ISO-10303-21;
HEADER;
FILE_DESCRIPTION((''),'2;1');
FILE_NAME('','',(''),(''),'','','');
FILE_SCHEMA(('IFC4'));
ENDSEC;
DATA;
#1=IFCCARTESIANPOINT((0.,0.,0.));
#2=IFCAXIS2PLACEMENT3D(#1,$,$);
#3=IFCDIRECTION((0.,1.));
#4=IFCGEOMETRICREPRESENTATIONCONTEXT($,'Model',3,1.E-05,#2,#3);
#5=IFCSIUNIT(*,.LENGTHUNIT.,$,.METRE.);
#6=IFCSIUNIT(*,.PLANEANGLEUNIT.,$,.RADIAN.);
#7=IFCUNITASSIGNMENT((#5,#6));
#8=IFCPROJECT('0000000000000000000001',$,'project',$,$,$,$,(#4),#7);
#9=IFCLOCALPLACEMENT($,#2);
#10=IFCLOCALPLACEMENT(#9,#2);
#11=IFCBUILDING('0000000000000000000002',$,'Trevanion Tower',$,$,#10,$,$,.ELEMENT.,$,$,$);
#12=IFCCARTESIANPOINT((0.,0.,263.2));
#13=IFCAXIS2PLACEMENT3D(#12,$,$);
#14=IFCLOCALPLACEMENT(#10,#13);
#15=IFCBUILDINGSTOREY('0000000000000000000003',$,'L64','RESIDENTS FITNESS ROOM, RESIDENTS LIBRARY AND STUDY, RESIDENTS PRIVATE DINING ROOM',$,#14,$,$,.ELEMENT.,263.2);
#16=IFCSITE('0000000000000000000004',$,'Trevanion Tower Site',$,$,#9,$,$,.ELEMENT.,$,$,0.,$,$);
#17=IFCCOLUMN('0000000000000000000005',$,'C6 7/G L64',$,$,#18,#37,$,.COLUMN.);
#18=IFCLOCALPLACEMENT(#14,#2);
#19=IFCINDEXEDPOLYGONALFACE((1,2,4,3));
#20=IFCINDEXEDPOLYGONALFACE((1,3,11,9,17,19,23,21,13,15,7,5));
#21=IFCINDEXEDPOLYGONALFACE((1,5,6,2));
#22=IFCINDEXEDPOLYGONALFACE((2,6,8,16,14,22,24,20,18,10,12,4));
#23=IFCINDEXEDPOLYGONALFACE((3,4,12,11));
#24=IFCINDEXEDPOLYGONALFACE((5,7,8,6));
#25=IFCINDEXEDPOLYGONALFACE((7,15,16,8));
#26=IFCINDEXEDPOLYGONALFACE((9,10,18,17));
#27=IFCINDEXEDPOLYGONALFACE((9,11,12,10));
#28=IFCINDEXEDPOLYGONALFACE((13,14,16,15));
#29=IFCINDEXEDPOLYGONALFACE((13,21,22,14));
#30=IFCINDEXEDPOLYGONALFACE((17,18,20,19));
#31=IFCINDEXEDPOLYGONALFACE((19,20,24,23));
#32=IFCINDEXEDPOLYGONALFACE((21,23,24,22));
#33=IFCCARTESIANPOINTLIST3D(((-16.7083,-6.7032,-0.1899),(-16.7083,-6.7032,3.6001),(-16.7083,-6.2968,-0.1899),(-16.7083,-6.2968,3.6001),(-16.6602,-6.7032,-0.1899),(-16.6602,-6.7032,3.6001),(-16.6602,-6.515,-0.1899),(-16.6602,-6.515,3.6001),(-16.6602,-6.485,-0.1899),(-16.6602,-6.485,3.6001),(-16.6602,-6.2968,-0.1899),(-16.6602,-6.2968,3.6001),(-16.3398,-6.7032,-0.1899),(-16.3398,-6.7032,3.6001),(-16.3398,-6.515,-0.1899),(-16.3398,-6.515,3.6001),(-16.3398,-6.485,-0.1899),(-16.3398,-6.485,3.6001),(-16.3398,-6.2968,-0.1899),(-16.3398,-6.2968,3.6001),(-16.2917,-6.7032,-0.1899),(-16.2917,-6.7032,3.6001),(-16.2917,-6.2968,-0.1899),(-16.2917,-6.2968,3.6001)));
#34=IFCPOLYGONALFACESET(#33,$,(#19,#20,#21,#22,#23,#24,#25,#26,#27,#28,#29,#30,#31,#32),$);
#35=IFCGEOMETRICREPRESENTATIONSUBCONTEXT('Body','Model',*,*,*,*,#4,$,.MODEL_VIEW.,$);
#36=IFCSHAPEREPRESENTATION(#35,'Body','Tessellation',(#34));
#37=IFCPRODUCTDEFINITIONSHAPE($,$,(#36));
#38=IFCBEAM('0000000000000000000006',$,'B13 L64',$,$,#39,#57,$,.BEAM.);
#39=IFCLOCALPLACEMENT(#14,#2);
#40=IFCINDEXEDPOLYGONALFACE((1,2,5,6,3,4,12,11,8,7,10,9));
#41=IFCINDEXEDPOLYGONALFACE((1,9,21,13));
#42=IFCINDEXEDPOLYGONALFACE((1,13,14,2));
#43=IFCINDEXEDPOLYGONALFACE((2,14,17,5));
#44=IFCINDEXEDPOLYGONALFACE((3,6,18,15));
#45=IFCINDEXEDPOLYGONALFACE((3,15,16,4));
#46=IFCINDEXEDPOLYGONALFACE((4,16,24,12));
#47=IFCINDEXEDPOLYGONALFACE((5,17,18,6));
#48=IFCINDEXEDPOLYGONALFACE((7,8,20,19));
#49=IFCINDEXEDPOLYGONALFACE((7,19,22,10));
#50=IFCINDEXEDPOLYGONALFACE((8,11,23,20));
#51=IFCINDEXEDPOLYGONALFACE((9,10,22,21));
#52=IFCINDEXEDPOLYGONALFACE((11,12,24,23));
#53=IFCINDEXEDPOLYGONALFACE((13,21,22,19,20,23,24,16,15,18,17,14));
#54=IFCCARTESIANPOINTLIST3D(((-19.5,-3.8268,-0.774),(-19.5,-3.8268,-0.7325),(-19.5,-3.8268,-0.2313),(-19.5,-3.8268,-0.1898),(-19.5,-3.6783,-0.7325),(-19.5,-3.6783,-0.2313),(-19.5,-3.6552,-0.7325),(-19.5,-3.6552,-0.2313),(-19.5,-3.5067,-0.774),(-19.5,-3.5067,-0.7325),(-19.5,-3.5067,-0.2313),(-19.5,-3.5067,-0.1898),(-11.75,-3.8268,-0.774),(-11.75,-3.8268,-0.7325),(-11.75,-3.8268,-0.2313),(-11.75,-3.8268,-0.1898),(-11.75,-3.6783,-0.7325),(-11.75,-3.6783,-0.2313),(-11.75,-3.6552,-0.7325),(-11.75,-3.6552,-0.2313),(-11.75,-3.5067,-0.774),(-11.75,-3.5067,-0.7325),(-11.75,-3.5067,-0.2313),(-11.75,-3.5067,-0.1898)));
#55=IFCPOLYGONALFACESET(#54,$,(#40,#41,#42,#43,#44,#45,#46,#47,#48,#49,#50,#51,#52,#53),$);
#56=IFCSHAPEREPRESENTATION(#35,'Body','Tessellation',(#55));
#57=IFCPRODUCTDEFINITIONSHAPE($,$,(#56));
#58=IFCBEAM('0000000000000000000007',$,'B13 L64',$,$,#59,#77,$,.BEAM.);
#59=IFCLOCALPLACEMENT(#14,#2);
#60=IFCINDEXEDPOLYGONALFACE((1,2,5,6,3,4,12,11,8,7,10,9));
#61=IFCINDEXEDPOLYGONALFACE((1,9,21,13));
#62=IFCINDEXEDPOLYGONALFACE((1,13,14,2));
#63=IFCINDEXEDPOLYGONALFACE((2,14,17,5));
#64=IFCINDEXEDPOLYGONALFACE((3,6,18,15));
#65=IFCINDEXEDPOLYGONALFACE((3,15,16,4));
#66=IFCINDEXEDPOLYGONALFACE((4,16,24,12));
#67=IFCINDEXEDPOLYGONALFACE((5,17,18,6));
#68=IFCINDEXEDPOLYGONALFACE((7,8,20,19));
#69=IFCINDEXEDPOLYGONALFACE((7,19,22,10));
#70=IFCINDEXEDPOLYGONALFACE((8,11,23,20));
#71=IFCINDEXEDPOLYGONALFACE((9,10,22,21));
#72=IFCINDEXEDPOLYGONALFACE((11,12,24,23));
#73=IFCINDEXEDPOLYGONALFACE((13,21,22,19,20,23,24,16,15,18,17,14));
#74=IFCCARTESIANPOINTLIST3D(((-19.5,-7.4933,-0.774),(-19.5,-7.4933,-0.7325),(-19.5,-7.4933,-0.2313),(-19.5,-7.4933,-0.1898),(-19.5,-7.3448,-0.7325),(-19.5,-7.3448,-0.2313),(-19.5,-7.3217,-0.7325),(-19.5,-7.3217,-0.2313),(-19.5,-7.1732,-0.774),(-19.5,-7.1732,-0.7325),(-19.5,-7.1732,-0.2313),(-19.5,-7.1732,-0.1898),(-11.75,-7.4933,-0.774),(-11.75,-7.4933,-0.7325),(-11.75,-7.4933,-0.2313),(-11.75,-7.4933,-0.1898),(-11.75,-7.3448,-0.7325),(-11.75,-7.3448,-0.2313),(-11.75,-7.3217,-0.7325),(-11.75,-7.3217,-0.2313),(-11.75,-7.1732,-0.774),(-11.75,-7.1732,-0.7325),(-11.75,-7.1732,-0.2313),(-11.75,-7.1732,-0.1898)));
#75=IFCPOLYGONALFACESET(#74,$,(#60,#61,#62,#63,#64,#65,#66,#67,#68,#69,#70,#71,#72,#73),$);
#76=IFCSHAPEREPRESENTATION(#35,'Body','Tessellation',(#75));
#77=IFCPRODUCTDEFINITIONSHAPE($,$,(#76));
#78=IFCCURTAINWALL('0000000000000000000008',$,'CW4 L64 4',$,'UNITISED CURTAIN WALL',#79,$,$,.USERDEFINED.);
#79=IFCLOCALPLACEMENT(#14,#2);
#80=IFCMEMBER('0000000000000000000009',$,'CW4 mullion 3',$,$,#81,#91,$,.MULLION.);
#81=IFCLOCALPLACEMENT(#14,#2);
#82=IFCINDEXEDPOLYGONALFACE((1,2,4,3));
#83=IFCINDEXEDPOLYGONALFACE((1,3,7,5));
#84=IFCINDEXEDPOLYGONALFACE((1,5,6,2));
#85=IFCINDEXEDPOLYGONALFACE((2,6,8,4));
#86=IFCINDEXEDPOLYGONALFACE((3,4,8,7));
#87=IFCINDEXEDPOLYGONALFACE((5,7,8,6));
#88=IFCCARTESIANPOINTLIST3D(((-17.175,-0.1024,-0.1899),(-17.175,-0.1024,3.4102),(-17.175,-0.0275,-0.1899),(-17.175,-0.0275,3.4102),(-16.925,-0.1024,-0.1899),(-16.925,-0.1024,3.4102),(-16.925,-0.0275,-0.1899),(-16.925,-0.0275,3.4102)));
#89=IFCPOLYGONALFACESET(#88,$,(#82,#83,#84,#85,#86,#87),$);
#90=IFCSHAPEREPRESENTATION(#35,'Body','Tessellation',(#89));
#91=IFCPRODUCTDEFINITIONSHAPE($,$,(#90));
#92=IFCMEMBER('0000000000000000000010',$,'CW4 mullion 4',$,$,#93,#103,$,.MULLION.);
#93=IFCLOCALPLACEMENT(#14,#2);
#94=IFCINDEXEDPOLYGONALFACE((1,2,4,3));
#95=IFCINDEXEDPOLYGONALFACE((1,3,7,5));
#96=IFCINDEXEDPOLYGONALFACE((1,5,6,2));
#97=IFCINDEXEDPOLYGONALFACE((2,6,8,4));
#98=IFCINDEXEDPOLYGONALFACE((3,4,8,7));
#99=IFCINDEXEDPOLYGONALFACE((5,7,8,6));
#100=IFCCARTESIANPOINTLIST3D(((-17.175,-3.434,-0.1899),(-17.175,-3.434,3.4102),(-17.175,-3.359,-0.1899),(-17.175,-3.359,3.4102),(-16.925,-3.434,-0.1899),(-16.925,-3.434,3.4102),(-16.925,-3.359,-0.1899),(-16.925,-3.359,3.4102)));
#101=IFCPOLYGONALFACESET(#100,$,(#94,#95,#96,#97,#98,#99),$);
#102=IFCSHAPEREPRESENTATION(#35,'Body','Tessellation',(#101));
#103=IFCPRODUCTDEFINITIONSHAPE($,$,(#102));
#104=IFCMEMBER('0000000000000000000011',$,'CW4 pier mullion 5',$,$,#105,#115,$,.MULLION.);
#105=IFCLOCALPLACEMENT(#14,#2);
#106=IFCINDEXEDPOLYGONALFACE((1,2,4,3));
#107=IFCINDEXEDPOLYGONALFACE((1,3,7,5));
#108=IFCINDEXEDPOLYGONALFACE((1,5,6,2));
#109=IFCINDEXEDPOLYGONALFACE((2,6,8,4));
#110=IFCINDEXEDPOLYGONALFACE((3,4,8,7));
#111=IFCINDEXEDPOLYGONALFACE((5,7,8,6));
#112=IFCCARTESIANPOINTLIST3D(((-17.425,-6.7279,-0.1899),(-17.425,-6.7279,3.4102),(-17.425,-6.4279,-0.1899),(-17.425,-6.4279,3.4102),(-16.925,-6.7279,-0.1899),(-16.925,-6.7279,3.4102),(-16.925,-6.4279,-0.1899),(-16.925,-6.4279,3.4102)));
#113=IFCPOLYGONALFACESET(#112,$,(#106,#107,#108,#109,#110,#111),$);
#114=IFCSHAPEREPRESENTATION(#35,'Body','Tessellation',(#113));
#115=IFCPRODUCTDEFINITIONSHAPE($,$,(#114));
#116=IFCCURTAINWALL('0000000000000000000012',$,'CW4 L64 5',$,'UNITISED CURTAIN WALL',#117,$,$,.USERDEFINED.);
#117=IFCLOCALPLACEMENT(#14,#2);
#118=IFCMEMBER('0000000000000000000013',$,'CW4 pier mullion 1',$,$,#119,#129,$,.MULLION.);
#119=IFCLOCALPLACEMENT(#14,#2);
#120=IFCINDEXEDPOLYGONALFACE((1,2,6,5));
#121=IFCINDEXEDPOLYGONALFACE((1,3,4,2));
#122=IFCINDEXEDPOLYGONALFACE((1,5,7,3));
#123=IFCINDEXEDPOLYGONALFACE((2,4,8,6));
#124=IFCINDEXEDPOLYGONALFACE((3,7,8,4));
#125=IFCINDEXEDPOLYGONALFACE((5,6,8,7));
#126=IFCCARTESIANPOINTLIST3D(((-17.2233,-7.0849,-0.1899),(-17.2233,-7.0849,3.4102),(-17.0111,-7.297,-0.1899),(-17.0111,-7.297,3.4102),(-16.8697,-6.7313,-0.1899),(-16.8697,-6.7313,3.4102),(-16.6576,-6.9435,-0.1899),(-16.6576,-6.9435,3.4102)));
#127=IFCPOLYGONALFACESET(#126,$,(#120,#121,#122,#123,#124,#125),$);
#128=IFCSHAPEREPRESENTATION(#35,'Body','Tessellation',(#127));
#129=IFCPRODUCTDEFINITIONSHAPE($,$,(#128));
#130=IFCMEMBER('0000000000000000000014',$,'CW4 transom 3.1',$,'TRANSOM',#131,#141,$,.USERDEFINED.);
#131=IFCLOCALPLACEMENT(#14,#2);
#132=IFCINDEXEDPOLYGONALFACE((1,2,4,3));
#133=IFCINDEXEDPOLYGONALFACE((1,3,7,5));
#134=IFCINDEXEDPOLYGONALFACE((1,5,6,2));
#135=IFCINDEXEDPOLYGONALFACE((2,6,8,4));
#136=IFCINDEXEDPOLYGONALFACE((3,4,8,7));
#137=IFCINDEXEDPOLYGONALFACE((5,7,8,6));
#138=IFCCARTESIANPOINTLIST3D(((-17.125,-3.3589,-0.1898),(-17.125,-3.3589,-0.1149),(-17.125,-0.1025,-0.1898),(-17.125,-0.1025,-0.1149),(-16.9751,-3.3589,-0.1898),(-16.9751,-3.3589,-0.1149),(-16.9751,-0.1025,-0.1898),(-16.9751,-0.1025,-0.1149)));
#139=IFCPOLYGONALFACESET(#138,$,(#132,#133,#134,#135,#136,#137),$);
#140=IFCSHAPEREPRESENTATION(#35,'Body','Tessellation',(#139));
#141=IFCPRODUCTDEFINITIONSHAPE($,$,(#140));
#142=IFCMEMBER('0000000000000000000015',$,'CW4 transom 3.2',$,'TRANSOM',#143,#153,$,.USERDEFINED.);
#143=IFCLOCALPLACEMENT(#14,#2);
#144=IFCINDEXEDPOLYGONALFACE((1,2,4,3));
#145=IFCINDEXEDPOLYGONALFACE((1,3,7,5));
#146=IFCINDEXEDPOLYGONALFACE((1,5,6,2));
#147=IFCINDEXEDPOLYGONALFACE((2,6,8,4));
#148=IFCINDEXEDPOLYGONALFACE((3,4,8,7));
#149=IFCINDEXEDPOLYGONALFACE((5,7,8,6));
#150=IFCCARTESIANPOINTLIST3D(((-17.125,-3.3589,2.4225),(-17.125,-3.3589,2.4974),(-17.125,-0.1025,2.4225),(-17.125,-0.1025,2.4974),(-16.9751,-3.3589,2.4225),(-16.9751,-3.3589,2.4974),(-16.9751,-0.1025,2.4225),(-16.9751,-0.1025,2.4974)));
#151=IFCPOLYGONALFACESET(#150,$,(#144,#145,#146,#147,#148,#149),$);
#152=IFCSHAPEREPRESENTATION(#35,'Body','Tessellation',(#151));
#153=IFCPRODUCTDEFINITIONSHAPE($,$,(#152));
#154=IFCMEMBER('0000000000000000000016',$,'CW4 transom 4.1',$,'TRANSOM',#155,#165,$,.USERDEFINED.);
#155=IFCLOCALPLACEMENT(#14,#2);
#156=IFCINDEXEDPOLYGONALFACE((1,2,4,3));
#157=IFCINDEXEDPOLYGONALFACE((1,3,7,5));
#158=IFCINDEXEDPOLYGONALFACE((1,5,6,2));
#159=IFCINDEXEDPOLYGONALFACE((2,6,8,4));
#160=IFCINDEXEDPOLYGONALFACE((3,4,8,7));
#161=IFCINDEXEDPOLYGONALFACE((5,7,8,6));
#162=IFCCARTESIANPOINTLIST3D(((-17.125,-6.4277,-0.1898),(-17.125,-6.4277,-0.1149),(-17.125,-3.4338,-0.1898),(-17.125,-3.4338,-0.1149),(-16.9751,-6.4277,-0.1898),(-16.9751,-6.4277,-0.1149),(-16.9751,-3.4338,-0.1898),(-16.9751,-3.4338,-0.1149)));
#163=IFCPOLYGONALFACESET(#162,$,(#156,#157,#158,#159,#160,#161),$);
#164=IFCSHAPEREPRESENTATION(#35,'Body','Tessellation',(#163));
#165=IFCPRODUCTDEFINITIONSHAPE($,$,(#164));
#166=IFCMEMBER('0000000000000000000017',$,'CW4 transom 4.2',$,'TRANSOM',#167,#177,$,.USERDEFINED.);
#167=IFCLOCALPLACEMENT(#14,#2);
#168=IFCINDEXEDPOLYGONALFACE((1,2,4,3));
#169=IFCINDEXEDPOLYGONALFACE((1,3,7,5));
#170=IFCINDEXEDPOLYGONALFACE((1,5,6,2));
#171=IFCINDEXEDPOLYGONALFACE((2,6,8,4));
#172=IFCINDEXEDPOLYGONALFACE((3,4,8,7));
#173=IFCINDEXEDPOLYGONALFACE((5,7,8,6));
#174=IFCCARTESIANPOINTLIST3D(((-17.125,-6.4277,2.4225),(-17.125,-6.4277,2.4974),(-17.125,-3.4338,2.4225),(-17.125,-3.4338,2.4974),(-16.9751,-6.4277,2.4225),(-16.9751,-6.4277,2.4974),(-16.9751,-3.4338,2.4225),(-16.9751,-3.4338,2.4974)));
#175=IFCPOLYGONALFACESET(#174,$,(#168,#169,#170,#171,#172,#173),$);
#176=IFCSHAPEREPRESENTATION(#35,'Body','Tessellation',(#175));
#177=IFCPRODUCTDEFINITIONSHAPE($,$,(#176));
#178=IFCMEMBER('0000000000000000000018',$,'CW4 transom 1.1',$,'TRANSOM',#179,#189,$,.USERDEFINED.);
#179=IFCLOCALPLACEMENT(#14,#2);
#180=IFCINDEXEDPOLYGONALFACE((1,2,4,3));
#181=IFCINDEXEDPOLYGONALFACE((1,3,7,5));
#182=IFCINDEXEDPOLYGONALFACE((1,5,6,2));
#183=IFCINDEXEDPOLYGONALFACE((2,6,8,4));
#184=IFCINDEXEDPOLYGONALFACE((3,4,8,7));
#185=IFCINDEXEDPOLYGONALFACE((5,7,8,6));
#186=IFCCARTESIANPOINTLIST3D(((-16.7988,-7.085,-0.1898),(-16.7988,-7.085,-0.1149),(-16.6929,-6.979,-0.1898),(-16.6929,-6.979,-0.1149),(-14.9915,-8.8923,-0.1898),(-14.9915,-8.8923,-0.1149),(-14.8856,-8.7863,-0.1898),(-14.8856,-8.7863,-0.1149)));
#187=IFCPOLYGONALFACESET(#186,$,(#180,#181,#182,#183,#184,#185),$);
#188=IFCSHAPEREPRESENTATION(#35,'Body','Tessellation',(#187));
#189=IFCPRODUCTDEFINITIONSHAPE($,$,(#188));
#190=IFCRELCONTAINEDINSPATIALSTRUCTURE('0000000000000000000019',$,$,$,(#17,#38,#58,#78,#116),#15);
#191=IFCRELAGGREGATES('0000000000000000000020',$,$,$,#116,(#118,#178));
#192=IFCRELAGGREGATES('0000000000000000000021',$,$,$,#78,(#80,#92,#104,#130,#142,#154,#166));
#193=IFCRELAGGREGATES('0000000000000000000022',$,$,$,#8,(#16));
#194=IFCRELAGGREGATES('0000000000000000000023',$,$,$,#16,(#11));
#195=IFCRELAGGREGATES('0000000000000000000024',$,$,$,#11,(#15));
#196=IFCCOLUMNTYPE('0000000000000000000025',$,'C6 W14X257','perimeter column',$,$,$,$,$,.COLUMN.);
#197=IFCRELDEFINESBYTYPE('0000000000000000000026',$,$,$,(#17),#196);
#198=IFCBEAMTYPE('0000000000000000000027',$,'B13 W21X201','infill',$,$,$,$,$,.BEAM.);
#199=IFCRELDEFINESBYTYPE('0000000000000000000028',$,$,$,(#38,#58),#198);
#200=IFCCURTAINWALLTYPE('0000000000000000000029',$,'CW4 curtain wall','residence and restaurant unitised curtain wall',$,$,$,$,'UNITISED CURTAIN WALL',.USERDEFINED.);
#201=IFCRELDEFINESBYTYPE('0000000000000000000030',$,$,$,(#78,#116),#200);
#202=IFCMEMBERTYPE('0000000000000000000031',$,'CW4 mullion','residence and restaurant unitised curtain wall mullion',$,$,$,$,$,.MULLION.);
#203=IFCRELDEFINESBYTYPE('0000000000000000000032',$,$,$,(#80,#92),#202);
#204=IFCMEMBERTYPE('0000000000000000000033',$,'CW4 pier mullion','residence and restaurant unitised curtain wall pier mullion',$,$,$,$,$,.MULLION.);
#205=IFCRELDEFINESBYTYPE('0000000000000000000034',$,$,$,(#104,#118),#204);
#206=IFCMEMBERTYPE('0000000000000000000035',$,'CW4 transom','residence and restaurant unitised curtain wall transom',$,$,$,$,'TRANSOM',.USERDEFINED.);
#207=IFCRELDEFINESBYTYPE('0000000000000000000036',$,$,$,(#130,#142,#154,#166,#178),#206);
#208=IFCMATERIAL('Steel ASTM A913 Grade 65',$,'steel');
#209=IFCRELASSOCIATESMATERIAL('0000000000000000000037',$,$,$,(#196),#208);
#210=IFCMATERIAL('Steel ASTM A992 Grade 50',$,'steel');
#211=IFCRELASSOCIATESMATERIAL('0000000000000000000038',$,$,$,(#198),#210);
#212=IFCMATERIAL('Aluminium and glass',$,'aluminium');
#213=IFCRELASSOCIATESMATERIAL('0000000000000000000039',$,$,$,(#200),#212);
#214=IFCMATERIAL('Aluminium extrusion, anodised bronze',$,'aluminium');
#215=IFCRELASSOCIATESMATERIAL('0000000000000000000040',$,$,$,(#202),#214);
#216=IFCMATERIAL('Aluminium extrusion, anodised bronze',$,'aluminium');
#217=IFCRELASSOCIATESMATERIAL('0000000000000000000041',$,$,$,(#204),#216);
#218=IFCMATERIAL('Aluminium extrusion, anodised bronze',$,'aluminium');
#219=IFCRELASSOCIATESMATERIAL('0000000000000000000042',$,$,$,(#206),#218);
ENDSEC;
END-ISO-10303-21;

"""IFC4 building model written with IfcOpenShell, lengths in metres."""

from ifc_helpers import new_model, si_unit, direction, frame, origin, origin_2d, place, context, subcontext, project, spatial, rectangle, i_section, extrude, material, material_profile, profile_set, type_object, element, aggregate, save


model = new_model("IFC4")

# Units and contexts
model_context = context("Model", 3, precision=1e-05, world=origin(), true_north=direction((0.0, 1.0)))
body_context = subcontext(model_context, "Body", "Model", "MODEL_VIEW")
ifc_project = project(units=[si_unit("LENGTHUNIT", "METRE"), si_unit("PLANEANGLEUNIT", "RADIAN")], contexts=[model_context])

# Site, building, storey
site_placement = place(None, origin())
site = spatial("IfcSite", under=ifc_project, at=site_placement, Name="Trevanion Tower Site", CompositionType="ELEMENT", RefElevation=0.0)
building_placement = place(site_placement, origin())
building = spatial("IfcBuilding", under=site, at=building_placement, Name="Trevanion Tower", CompositionType="ELEMENT")
storey_placement = place(building_placement, frame((0.0, 0.0, 263.2)))
storey = spatial("IfcBuildingStorey", under=building, at=storey_placement, Name="L64", Description="RESIDENTS FITNESS ROOM, RESIDENTS LIBRARY AND STUDY, RESIDENTS PRIVATE DINING ROOM", CompositionType="ELEMENT", Elevation=263.2)

# Column
ifc_material_1 = material(Name="Steel ASTM A913 Grade 65", Category="steel")
ifc_material_profile_1 = material_profile(ifc_material_1, i_section(OverallWidth=0.4065, OverallDepth=0.4165, WebThickness=0.03, FlangeThickness=0.0481, at=origin_2d()), Name="W14X257")
ifc_profile_set_1 = profile_set([ifc_material_profile_1], Name="Steel ASTM A913 Grade 65")
column_type = type_object("IfcColumnType", Name="C6 W14X257", Description="perimeter column", PredefinedType="COLUMN", material=ifc_profile_set_1)
column_placement = place(storey_placement, frame((-16.5, -6.5, -0.1899), z_axis=(0.0, 0.0, 1.0), x_axis=(0.0, 1.0, 0.0)))
element("IfcColumn", 1, at=column_placement, inside=storey, type_object=column_type, Name="C6 7/G L64", PredefinedType="COLUMN", context=body_context, shape_type="SweptSolid", body=[
    extrude(i_section(OverallWidth=0.4065, OverallDepth=0.4165, WebThickness=0.03, FlangeThickness=0.0481, at=origin_2d()), origin(), (0.0, 0.0, 1.0), 3.79),
])

# Beams
ifc_material_2 = material(Name="Steel ASTM A992 Grade 50", Category="steel")
ifc_material_profile_2 = material_profile(ifc_material_2, i_section(OverallWidth=0.3201, OverallDepth=0.5842, WebThickness=0.0232, FlangeThickness=0.0415, at=origin_2d()), Name="W21X201")
ifc_profile_set_2 = profile_set([ifc_material_profile_2], Name="Steel ASTM A992 Grade 50")
beam_type_1 = type_object("IfcBeamType", Name="B13 W21X201", Description="infill", PredefinedType="BEAM", material=ifc_profile_set_2)
for number, where, z_axis, x_axis, name in (
    (2, (-11.75, -3.6667, -0.4819), (-1.0, 0.0, 0.0), (0.0, -1.0, 0.0), "B13 L64"),
    (3, (-11.75, -7.3333, -0.4819), (-1.0, 0.0, 0.0), (0.0, -1.0, 0.0), "B13 L64"),
):
    element("IfcBeam", number, at=place(storey_placement, frame(where, z_axis=z_axis, x_axis=x_axis)), inside=storey, type_object=beam_type_1, Name=name, PredefinedType="BEAM", context=body_context, shape_type="SweptSolid", body=[
        extrude(i_section(OverallWidth=0.3201, OverallDepth=0.5842, WebThickness=0.0232, FlangeThickness=0.0415, at=origin_2d()), origin(), (0.0, 0.0, 1.0), 7.75),
    ])

# Curtain wall, members
ifc_material_3 = material(Name="Aluminium and glass", Category="aluminium")
curtain_wall_type = type_object("IfcCurtainWallType", Name="CW4 curtain wall", Description="residence and restaurant unitised curtain wall", ElementType="UNITISED CURTAIN WALL", PredefinedType="USERDEFINED", material=ifc_material_3)
curtain_wall_1_placement = place(storey_placement, origin())
curtain_wall_1 = element("IfcCurtainWall", 4, at=curtain_wall_1_placement, inside=storey, type_object=curtain_wall_type, Name="CW4 L64 4", ObjectType="UNITISED CURTAIN WALL", PredefinedType="USERDEFINED")
ifc_material_4 = material(Name="Aluminium extrusion, anodised bronze", Category="aluminium")
ifc_material_profile_3 = material_profile(ifc_material_4, rectangle(XDim=0.075, YDim=0.25, at=origin_2d()), Name="CW4 mullion")
ifc_profile_set_3 = profile_set([ifc_material_profile_3], Name="Aluminium extrusion, anodised bronze")
member_type_1 = type_object("IfcMemberType", Name="CW4 mullion", Description="residence and restaurant unitised curtain wall mullion", PredefinedType="MULLION", material=ifc_profile_set_3)
member_1_placement = place(storey_placement, frame((-17.05, -0.0649, -0.1899), z_axis=(0.0, 0.0, 1.0), x_axis=(0.0, -1.0, 0.0)))
member_1 = element("IfcMember", 5, at=member_1_placement, type_object=member_type_1, Name="CW4 mullion 3", PredefinedType="MULLION", context=body_context, shape_type="SweptSolid", body=[
    extrude(rectangle(XDim=0.075, YDim=0.25, at=origin_2d()), origin(), (0.0, 0.0, 1.0), 3.6001),
])
member_2_placement = place(storey_placement, frame((-17.05, -3.3965, -0.1899), z_axis=(0.0, 0.0, 1.0), x_axis=(0.0, -1.0, 0.0)))
member_2 = element("IfcMember", 6, at=member_2_placement, type_object=member_type_1, Name="CW4 mullion 4", PredefinedType="MULLION", context=body_context, shape_type="SweptSolid", body=[
    extrude(rectangle(XDim=0.075, YDim=0.25, at=origin_2d()), origin(), (0.0, 0.0, 1.0), 3.6001),
])
ifc_material_5 = material(Name="Aluminium extrusion, anodised bronze", Category="aluminium")
ifc_material_profile_4 = material_profile(ifc_material_5, rectangle(XDim=0.3, YDim=0.5, at=origin_2d()), Name="CW4 pier mullion")
ifc_profile_set_4 = profile_set([ifc_material_profile_4], Name="Aluminium extrusion, anodised bronze")
member_type_2 = type_object("IfcMemberType", Name="CW4 pier mullion", Description="residence and restaurant unitised curtain wall pier mullion", PredefinedType="MULLION", material=ifc_profile_set_4)
member_3_placement = place(storey_placement, frame((-17.175, -6.5779, -0.1899), z_axis=(0.0, 0.0, 1.0), x_axis=(0.0, -1.0, 0.0)))
member_3 = element("IfcMember", 7, at=member_3_placement, type_object=member_type_2, Name="CW4 pier mullion 5", PredefinedType="MULLION", context=body_context, shape_type="SweptSolid", body=[
    extrude(rectangle(XDim=0.3, YDim=0.5, at=origin_2d()), origin(), (0.0, 0.0, 1.0), 3.6001),
])

# Curtain wall, member
curtain_wall_2_placement = place(storey_placement, origin())
curtain_wall_2 = element("IfcCurtainWall", 8, at=curtain_wall_2_placement, inside=storey, type_object=curtain_wall_type, Name="CW4 L64 5", ObjectType="UNITISED CURTAIN WALL", PredefinedType="USERDEFINED")
member_4_placement = place(storey_placement, frame((-16.9404, -7.0142, -0.1899), z_axis=(0.0, 0.0, 1.0), x_axis=(0.707107, -0.707107, 0.0)))
member_4 = element("IfcMember", 9, at=member_4_placement, type_object=member_type_2, Name="CW4 pier mullion 1", PredefinedType="MULLION", context=body_context, shape_type="SweptSolid", body=[
    extrude(rectangle(XDim=0.3, YDim=0.5, at=origin_2d()), origin(), (0.0, 0.0, 1.0), 3.6001),
])

# Members
ifc_material_6 = material(Name="Aluminium extrusion, anodised bronze", Category="aluminium")
ifc_material_profile_5 = material_profile(ifc_material_6, rectangle(XDim=0.1499, YDim=0.075, at=origin_2d()), Name="CW4 transom")
ifc_profile_set_5 = profile_set([ifc_material_profile_5], Name="Aluminium extrusion, anodised bronze")
member_type_3 = type_object("IfcMemberType", Name="CW4 transom", Description="residence and restaurant unitised curtain wall transom", ElementType="TRANSOM", PredefinedType="USERDEFINED", material=ifc_profile_set_5)
member_5_placement = place(storey_placement, frame((-17.05, -0.1025, -0.1523), z_axis=(0.0, -1.0, 0.0), x_axis=(1.0, 0.0, 0.0)))
member_5 = element("IfcMember", 10, at=member_5_placement, type_object=member_type_3, Name="CW4 transom 3.1", ObjectType="TRANSOM", PredefinedType="USERDEFINED", context=body_context, shape_type="SweptSolid", body=[
    extrude(rectangle(XDim=0.1499, YDim=0.075, at=origin_2d()), origin(), (0.0, 0.0, 1.0), 3.2563),
])
member_6_placement = place(storey_placement, frame((-17.05, -0.1025, 2.46), z_axis=(0.0, -1.0, 0.0), x_axis=(1.0, 0.0, 0.0)))
member_6 = element("IfcMember", 11, at=member_6_placement, type_object=member_type_3, Name="CW4 transom 3.2", ObjectType="TRANSOM", PredefinedType="USERDEFINED", context=body_context, shape_type="SweptSolid", body=[
    extrude(rectangle(XDim=0.1499, YDim=0.075, at=origin_2d()), origin(), (0.0, 0.0, 1.0), 3.2563),
])
member_7_placement = place(storey_placement, frame((-17.05, -3.4338, -0.1523), z_axis=(0.0, -1.0, 0.0), x_axis=(1.0, 0.0, 0.0)))
member_7 = element("IfcMember", 12, at=member_7_placement, type_object=member_type_3, Name="CW4 transom 4.1", ObjectType="TRANSOM", PredefinedType="USERDEFINED", context=body_context, shape_type="SweptSolid", body=[
    extrude(rectangle(XDim=0.1499, YDim=0.075, at=origin_2d()), origin(), (0.0, 0.0, 1.0), 2.9939),
])
member_8_placement = place(storey_placement, frame((-17.05, -3.4338, 2.46), z_axis=(0.0, -1.0, 0.0), x_axis=(1.0, 0.0, 0.0)))
member_8 = element("IfcMember", 13, at=member_8_placement, type_object=member_type_3, Name="CW4 transom 4.2", ObjectType="TRANSOM", PredefinedType="USERDEFINED", context=body_context, shape_type="SweptSolid", body=[
    extrude(rectangle(XDim=0.1499, YDim=0.075, at=origin_2d()), origin(), (0.0, 0.0, 1.0), 2.9939),
])
member_9_placement = place(storey_placement, frame((-16.7458, -7.032, -0.1523), z_axis=(0.707107, -0.707107, 0.0), x_axis=(0.707107, 0.707107, 0.0)))
member_9 = element("IfcMember", 14, at=member_9_placement, type_object=member_type_3, Name="CW4 transom 1.1", ObjectType="TRANSOM", PredefinedType="USERDEFINED", context=body_context, shape_type="SweptSolid", body=[
    extrude(rectangle(XDim=0.1499, YDim=0.075, at=origin_2d()), origin(), (0.0, 0.0, 1.0), 2.5559),
])

aggregate(curtain_wall_2, [member_4, member_9])
aggregate(curtain_wall_1, [member_1, member_2, member_3, member_5, member_6, member_7, member_8])

save(model, "model.ifc")
